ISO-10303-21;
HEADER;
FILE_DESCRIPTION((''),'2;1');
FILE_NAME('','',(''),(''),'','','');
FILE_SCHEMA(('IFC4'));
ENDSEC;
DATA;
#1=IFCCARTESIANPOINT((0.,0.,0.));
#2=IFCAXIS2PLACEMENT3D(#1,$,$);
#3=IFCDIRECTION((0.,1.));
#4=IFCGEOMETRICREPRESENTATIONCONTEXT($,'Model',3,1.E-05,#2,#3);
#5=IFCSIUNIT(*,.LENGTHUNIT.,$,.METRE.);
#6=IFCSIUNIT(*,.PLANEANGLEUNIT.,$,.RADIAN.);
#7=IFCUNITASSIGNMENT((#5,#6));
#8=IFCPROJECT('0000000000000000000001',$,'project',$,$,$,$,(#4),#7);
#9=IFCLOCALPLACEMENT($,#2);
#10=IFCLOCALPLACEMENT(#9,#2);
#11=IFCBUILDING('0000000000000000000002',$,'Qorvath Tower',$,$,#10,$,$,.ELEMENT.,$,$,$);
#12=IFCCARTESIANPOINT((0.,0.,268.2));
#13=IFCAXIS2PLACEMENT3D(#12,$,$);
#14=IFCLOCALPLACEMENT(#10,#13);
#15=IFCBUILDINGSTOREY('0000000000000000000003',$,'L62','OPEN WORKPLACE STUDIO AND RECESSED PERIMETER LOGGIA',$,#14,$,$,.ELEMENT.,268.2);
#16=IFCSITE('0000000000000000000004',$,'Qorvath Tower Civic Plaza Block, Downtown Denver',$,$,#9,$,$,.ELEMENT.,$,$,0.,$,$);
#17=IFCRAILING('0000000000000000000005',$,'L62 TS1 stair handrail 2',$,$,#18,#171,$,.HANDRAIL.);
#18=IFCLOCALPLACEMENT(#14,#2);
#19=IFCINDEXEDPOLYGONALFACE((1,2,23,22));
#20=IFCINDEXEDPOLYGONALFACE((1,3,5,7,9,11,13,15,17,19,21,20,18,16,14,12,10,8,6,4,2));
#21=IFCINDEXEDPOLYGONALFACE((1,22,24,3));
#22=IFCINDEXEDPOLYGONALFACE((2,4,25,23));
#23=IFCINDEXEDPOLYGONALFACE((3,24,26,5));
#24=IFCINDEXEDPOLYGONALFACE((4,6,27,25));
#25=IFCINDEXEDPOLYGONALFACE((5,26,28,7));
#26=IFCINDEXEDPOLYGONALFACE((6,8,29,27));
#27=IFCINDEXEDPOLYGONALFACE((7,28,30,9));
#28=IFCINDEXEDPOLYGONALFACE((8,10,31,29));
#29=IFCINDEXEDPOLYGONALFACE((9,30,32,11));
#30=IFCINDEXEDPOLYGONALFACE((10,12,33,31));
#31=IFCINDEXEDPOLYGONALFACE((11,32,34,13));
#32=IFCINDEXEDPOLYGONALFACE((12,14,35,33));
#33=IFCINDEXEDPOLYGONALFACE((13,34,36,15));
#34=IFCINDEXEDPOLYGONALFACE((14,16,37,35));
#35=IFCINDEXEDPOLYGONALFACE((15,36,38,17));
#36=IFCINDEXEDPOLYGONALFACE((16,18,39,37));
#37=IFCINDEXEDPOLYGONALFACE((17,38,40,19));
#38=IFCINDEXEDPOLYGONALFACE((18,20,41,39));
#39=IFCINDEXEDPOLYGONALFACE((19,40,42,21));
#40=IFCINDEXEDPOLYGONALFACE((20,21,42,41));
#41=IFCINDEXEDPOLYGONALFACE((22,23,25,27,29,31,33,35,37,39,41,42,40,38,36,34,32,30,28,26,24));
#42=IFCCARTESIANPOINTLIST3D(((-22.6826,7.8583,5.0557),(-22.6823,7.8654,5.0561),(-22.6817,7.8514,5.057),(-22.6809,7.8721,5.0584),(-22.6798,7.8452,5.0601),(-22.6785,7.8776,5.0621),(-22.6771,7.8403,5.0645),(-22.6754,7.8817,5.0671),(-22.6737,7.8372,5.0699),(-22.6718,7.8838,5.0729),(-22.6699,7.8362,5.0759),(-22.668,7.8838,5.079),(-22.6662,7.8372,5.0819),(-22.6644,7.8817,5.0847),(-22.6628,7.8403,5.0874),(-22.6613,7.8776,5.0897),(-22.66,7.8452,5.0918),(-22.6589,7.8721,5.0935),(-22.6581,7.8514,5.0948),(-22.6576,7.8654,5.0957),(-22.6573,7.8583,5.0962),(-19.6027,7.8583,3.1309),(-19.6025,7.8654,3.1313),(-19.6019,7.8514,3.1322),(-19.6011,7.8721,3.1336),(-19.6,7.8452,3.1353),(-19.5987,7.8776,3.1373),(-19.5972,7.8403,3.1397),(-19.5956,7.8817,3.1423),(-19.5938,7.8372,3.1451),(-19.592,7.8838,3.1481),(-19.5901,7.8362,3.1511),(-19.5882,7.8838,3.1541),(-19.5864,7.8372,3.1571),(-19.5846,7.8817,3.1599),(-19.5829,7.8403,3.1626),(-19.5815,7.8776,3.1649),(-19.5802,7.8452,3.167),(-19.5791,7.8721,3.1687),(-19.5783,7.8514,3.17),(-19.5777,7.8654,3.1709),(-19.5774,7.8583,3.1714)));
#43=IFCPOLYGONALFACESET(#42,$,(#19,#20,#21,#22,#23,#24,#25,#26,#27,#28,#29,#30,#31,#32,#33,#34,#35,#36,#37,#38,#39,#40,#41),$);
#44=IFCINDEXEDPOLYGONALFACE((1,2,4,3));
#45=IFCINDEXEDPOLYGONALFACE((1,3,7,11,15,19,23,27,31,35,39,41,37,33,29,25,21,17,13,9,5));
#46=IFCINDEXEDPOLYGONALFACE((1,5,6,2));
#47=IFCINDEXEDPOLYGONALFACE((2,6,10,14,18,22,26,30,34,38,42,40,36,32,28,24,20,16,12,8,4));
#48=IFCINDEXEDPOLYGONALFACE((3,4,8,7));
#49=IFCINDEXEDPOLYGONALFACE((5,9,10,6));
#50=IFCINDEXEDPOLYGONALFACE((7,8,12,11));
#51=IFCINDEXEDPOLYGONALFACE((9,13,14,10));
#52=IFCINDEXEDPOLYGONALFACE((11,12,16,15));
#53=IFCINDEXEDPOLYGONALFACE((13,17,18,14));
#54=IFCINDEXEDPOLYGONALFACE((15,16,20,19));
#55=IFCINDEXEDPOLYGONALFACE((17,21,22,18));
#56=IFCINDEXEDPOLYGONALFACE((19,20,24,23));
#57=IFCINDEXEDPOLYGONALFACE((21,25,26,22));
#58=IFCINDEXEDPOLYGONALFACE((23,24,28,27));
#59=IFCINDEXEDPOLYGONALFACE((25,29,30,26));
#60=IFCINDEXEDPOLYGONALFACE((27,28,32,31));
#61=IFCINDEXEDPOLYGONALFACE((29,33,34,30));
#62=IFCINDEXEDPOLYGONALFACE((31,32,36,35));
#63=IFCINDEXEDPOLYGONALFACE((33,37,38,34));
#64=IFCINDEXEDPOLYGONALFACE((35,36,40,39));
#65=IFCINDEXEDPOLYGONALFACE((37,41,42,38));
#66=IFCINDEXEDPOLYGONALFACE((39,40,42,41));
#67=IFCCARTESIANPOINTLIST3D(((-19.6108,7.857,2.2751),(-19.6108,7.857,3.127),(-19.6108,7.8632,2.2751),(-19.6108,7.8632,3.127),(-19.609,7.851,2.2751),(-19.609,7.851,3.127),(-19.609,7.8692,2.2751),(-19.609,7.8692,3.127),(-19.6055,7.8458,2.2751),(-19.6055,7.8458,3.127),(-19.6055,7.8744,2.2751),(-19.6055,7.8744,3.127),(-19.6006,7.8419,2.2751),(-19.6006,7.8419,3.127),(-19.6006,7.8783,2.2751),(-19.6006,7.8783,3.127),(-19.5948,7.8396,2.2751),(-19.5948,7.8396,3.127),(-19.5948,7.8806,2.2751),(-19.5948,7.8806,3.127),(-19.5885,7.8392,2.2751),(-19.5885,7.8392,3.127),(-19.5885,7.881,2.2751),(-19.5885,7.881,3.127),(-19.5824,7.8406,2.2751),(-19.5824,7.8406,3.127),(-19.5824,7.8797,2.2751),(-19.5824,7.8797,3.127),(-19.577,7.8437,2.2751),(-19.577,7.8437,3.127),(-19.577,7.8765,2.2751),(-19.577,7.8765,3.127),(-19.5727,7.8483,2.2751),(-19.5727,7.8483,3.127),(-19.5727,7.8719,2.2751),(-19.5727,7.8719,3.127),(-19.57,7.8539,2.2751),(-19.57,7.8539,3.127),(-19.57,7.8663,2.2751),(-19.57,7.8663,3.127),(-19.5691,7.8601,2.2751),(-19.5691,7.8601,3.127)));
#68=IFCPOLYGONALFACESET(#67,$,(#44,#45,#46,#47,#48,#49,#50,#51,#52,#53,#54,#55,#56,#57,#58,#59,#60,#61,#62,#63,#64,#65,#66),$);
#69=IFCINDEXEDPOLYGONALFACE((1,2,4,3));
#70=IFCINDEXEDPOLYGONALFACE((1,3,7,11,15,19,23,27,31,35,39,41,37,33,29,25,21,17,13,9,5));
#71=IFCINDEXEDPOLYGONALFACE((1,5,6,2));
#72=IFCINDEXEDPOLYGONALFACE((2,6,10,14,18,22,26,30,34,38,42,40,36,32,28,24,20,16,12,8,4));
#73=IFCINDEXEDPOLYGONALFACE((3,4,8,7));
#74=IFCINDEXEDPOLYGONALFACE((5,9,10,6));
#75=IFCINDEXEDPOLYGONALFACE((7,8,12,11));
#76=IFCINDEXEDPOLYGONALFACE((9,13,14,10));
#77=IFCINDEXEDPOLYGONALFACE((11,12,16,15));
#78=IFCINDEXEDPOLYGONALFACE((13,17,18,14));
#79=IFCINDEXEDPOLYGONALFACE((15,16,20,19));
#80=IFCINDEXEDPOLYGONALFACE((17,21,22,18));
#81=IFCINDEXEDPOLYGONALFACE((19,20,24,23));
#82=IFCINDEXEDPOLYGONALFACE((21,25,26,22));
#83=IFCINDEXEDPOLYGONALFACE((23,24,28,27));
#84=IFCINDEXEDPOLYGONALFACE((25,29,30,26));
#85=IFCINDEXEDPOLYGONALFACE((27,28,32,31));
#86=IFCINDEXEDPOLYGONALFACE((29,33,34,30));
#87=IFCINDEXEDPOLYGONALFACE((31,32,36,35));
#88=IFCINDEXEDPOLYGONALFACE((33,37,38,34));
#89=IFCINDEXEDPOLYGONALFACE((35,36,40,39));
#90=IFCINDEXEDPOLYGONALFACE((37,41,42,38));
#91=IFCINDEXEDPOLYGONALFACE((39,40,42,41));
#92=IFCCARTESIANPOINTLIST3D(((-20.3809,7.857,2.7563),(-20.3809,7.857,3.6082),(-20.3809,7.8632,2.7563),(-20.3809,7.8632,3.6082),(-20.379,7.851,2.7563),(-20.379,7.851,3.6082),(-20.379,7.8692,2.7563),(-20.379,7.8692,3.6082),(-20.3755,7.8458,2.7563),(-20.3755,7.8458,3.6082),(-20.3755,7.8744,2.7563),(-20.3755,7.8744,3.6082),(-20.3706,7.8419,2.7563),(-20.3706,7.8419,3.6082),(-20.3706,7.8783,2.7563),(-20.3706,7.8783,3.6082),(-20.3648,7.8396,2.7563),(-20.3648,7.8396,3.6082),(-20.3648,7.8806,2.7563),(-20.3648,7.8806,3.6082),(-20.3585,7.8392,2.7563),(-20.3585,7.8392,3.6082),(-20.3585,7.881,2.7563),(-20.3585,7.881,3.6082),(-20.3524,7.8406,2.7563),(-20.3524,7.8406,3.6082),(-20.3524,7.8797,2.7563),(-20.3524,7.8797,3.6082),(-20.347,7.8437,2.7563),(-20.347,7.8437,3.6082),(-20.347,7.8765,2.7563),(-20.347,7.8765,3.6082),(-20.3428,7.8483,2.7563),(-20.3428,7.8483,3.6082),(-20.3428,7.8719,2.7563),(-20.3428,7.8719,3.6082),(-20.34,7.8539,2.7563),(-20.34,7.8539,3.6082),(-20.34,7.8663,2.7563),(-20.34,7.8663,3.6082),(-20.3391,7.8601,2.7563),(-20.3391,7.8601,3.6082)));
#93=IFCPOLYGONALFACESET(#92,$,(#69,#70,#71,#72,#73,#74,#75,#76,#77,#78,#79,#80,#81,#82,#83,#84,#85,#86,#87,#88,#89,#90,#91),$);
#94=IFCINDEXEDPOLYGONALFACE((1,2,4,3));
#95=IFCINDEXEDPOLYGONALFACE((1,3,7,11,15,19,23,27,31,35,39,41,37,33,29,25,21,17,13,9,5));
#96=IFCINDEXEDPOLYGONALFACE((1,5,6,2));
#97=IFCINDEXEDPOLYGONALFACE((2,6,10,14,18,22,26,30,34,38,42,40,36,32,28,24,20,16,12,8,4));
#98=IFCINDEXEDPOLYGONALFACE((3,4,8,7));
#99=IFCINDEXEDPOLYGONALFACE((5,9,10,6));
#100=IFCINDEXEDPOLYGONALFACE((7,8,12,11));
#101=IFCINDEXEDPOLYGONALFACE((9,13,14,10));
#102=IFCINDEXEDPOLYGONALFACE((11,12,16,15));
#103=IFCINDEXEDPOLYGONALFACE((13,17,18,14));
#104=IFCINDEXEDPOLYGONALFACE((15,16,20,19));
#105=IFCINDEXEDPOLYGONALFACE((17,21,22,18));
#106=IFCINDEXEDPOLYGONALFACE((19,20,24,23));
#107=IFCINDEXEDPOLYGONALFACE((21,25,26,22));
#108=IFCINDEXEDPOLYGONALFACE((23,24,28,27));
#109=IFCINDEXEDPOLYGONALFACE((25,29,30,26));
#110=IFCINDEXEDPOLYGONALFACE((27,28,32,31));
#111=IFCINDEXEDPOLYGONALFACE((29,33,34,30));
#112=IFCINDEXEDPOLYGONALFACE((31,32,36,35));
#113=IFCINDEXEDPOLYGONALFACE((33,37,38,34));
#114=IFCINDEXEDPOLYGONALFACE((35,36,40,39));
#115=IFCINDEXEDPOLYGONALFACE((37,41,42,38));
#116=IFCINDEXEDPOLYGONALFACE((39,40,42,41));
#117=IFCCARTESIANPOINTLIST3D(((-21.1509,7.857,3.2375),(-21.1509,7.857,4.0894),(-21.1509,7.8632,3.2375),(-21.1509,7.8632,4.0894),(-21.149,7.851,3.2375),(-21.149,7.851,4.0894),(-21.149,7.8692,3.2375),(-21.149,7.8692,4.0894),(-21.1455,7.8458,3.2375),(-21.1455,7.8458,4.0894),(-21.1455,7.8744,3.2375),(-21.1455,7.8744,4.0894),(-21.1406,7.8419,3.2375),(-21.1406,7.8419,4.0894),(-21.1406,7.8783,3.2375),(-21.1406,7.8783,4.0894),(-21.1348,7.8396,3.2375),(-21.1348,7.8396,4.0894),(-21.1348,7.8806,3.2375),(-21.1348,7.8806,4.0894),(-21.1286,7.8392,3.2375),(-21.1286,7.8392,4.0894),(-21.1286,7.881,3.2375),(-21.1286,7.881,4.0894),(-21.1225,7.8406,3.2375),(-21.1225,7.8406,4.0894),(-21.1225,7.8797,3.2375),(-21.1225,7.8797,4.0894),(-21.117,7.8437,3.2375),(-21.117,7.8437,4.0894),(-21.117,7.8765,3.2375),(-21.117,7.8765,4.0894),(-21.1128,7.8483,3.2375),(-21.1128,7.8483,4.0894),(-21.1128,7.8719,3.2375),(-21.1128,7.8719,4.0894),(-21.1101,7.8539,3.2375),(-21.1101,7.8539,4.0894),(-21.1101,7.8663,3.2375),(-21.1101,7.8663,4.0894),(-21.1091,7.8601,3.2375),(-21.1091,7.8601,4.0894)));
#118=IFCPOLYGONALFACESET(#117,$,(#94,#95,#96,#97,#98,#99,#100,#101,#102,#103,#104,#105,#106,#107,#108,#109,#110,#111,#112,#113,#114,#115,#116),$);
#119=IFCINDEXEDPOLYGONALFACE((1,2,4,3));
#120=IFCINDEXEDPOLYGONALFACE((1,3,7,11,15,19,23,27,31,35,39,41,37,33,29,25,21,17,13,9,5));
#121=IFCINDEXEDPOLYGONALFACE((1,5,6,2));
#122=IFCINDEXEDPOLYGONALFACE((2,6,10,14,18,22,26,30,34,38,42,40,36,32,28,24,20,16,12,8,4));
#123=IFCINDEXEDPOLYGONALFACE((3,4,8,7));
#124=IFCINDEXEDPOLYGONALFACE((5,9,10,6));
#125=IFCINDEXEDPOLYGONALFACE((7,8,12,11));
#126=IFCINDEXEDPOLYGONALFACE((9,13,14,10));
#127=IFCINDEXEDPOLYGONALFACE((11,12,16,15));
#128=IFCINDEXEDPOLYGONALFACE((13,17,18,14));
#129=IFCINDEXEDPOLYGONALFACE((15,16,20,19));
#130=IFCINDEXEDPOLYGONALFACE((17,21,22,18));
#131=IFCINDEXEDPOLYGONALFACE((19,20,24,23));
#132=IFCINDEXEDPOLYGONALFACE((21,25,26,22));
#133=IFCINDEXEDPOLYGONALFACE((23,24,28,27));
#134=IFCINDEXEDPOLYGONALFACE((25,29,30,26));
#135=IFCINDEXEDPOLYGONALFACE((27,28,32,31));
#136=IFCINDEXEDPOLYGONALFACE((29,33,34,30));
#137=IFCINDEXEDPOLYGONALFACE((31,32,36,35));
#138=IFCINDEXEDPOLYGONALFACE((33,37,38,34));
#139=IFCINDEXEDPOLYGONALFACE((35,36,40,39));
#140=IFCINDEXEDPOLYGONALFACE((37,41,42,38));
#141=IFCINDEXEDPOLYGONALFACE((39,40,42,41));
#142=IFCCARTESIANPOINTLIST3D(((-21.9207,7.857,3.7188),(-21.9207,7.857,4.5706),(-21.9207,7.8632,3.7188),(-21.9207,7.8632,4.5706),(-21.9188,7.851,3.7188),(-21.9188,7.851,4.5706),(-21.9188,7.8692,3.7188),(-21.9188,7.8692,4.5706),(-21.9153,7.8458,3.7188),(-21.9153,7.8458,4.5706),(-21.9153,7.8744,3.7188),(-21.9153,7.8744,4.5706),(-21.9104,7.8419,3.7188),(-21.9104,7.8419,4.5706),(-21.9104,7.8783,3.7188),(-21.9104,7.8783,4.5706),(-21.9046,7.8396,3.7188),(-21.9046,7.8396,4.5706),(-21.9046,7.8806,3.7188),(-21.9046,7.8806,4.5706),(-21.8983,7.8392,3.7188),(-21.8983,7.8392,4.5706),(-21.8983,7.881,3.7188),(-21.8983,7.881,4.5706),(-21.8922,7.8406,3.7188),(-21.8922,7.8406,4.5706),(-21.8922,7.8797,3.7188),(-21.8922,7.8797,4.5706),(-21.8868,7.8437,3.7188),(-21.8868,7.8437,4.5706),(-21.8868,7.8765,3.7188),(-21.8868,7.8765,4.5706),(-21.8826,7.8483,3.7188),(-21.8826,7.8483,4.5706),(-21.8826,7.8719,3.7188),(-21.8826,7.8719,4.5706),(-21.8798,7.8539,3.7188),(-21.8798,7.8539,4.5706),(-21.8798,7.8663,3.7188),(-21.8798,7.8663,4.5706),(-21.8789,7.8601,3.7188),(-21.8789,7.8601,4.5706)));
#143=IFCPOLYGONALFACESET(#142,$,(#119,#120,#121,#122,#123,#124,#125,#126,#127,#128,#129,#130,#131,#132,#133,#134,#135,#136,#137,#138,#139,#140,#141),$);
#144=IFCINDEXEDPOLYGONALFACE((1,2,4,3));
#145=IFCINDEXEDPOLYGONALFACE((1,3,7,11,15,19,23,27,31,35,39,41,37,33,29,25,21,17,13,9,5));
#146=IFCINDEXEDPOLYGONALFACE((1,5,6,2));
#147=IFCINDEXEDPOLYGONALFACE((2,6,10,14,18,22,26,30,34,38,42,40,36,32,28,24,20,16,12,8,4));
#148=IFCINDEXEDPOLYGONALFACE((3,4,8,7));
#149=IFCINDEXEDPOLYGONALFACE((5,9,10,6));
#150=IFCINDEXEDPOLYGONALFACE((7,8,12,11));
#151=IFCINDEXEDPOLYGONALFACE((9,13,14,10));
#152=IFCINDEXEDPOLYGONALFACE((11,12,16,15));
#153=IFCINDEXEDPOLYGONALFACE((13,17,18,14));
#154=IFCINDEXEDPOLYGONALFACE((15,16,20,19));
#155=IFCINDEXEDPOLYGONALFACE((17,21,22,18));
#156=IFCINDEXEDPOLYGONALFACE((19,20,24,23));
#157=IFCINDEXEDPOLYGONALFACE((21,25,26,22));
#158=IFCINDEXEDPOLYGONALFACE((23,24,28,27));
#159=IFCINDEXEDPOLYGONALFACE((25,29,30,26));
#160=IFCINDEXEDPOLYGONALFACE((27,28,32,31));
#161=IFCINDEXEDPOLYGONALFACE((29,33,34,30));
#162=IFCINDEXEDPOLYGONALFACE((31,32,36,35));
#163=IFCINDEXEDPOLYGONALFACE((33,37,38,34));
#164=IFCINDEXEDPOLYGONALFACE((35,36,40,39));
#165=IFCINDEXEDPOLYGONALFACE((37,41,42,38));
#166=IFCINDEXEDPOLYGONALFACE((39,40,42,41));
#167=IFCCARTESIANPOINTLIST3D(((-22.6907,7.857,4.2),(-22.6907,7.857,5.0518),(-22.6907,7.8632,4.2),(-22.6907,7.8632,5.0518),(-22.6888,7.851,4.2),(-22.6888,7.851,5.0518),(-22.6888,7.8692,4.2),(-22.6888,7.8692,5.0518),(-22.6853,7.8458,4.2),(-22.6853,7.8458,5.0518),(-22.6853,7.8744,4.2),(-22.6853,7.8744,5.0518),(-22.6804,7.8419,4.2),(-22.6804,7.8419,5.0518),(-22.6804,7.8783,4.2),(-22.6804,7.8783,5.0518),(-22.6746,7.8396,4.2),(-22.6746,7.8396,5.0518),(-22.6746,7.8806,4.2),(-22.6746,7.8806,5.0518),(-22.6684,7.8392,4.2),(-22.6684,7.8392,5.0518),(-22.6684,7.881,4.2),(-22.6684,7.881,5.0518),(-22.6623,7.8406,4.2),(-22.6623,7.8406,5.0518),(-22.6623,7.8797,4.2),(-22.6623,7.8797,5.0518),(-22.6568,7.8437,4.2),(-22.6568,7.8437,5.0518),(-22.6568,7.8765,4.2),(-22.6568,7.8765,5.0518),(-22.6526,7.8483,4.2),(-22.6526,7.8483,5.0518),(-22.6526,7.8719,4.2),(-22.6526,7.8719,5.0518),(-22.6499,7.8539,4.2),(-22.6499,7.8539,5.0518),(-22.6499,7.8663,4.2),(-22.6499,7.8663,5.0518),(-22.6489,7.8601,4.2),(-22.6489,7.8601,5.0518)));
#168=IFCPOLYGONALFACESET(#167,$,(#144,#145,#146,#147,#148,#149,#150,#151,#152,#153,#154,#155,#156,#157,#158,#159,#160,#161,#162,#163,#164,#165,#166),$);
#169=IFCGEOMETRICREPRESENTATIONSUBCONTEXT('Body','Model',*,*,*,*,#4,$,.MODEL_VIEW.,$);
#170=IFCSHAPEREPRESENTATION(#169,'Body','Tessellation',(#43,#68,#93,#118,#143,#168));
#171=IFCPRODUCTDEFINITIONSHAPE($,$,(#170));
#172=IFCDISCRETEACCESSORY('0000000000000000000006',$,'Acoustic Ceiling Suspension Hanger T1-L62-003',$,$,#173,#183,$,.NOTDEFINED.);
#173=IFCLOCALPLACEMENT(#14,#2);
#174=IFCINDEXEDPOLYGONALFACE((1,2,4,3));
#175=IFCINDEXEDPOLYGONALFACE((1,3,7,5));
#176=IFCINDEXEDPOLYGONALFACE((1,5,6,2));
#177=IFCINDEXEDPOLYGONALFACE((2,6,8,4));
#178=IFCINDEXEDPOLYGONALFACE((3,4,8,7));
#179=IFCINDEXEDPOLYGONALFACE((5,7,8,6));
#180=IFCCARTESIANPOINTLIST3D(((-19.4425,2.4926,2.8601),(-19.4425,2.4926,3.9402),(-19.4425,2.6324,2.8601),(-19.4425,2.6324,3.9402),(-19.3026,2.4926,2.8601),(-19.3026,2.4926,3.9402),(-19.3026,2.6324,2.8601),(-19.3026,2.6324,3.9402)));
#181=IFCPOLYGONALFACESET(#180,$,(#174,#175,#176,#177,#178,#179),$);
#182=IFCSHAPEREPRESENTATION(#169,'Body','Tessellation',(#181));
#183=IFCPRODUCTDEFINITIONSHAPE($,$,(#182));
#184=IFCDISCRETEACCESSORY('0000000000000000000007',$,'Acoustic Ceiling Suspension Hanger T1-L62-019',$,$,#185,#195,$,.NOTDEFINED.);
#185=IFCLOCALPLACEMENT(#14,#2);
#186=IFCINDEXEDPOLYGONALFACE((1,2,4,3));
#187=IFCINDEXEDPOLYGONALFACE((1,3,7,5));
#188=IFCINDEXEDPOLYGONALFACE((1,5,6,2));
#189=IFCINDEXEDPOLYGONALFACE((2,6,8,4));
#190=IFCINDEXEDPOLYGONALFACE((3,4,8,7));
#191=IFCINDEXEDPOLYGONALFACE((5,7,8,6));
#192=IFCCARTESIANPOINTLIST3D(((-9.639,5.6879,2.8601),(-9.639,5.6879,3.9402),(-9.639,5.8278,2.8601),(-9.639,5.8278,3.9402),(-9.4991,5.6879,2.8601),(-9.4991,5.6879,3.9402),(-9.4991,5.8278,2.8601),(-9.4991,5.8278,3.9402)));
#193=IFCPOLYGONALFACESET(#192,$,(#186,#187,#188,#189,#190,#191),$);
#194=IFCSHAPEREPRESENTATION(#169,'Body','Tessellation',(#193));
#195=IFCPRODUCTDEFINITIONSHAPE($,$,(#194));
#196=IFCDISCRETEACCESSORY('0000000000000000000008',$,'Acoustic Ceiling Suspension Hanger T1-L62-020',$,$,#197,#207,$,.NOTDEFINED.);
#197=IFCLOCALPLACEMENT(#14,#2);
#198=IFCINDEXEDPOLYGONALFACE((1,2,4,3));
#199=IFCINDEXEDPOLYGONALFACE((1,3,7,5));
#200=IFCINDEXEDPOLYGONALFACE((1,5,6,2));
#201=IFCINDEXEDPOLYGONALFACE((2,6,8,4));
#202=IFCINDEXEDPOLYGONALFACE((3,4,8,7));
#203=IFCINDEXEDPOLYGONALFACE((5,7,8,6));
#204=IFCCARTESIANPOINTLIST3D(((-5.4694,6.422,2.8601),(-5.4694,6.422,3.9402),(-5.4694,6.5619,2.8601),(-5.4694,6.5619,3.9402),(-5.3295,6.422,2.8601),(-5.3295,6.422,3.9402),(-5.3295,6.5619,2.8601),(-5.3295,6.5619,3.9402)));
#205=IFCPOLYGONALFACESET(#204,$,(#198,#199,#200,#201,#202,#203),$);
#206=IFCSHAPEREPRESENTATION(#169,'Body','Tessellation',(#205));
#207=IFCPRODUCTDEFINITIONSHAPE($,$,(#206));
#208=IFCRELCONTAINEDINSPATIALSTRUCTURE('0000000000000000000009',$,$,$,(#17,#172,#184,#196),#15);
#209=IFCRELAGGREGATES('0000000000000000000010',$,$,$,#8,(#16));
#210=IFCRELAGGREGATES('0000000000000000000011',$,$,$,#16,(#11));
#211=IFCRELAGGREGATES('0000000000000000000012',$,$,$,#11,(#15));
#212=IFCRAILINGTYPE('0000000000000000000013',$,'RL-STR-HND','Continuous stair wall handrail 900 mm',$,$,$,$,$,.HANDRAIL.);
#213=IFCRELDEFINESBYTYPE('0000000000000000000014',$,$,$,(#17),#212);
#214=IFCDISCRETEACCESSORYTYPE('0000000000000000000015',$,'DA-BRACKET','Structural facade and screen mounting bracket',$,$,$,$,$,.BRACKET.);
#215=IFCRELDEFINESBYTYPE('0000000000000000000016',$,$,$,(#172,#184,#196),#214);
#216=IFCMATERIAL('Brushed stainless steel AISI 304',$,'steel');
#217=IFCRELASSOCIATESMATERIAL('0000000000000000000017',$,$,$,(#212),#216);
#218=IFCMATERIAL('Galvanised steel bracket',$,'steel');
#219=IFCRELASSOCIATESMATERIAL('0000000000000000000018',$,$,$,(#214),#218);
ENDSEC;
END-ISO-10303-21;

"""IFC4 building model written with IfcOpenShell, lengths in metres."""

from ifc_helpers import new_model, si_unit, direction, frame, origin, origin_2d, place, context, subcontext, project, spatial, rectangle, circle, extrude, material, type_object, element, save


model = new_model("IFC4")

# Units and contexts
model_context = context("Model", 3, precision=1e-05, world=origin(), true_north=direction((0.0, 1.0)))
body_context = subcontext(model_context, "Body", "Model", "MODEL_VIEW")
ifc_project = project(units=[si_unit("LENGTHUNIT", "METRE"), si_unit("PLANEANGLEUNIT", "RADIAN")], contexts=[model_context])

# Site, building, storey
site_placement = place(None, origin())
site = spatial("IfcSite", under=ifc_project, at=site_placement, Name="Qorvath Tower Civic Plaza Block, Downtown Denver", CompositionType="ELEMENT", RefElevation=0.0)
building_placement = place(site_placement, origin())
building = spatial("IfcBuilding", under=site, at=building_placement, Name="Qorvath Tower", CompositionType="ELEMENT")
storey_placement = place(building_placement, frame((0.0, 0.0, 268.2)))
storey = spatial("IfcBuildingStorey", under=building, at=storey_placement, Name="L62", Description="OPEN WORKPLACE STUDIO AND RECESSED PERIMETER LOGGIA", CompositionType="ELEMENT", Elevation=268.2)

# Railing
ifc_material_1 = material(Name="Brushed stainless steel AISI 304", Category="steel")
railing_type_1 = type_object("IfcRailingType", Name="RL-STR-HND", Description="Continuous stair wall handrail 900 mm", PredefinedType="HANDRAIL", material=ifc_material_1)
railing_1_placement = place(storey_placement, frame((-19.5901, 7.8601, 2.2751)))
element("IfcRailing", 1, at=railing_1_placement, inside=storey, type_object=railing_type_1, Name="L62 TS1 stair handrail 2", PredefinedType="HANDRAIL", context=body_context, shape_type="SweptSolid", body=[
    extrude(circle(Radius=0.0239, at=origin_2d()), frame((0.0, 0.0, 0.876), z_axis=(-0.84801, 0.0, 0.529981), x_axis=(0.0, -1.0, 0.0)), (0.0, 0.0, 1.0), 3.6318),
    extrude(circle(Radius=0.021, at=origin_2d()), origin(), (0.0, 0.0, 1.0), 0.8518),
    extrude(circle(Radius=0.021, at=origin_2d()), frame((-0.77, 0.0, 0.4812)), (0.0, 0.0, 1.0), 0.8518),
    extrude(circle(Radius=0.021, at=origin_2d()), frame((-1.54, 0.0, 0.9624)), (0.0, 0.0, 1.0), 0.8518),
    extrude(circle(Radius=0.021, at=origin_2d()), frame((-2.3098, 0.0, 1.4436)), (0.0, 0.0, 1.0), 0.8518),
    extrude(circle(Radius=0.021, at=origin_2d()), frame((-3.0798, 0.0, 1.9248)), (0.0, 0.0, 1.0), 0.8518),
])

# Discrete accessories
ifc_material_2 = material(Name="Galvanised steel bracket", Category="steel")
discrete_accessory_type = type_object("IfcDiscreteAccessoryType", Name="DA-BRACKET", Description="Structural facade and screen mounting bracket", PredefinedType="BRACKET", material=ifc_material_2)
for number, where, z_axis, x_axis, name in (
    (2, (-19.3726, 2.5625, 2.8601), (0.0, 0.0, 1.0), (1.0, 0.0, 0.0), "Acoustic Ceiling Suspension Hanger T1-L62-003"),
    (3, (-9.5691, 5.7578, 2.8601), (0.0, 0.0, 1.0), (1.0, 0.0, 0.0), "Acoustic Ceiling Suspension Hanger T1-L62-019"),
    (4, (-5.3994, 6.4919, 2.8601), (0.0, 0.0, 1.0), (1.0, 0.0, 0.0), "Acoustic Ceiling Suspension Hanger T1-L62-020"),
):
    element("IfcDiscreteAccessory", number, at=place(storey_placement, frame(where, z_axis=z_axis, x_axis=x_axis)), inside=storey, type_object=discrete_accessory_type, Name=name, PredefinedType="NOTDEFINED", context=body_context, shape_type="SweptSolid", body=[
        extrude(rectangle(XDim=0.1399, YDim=0.1399, at=origin_2d()), origin(), (0.0, 0.0, 1.0), 1.0801),
    ])

save(model, "model.ifc")
